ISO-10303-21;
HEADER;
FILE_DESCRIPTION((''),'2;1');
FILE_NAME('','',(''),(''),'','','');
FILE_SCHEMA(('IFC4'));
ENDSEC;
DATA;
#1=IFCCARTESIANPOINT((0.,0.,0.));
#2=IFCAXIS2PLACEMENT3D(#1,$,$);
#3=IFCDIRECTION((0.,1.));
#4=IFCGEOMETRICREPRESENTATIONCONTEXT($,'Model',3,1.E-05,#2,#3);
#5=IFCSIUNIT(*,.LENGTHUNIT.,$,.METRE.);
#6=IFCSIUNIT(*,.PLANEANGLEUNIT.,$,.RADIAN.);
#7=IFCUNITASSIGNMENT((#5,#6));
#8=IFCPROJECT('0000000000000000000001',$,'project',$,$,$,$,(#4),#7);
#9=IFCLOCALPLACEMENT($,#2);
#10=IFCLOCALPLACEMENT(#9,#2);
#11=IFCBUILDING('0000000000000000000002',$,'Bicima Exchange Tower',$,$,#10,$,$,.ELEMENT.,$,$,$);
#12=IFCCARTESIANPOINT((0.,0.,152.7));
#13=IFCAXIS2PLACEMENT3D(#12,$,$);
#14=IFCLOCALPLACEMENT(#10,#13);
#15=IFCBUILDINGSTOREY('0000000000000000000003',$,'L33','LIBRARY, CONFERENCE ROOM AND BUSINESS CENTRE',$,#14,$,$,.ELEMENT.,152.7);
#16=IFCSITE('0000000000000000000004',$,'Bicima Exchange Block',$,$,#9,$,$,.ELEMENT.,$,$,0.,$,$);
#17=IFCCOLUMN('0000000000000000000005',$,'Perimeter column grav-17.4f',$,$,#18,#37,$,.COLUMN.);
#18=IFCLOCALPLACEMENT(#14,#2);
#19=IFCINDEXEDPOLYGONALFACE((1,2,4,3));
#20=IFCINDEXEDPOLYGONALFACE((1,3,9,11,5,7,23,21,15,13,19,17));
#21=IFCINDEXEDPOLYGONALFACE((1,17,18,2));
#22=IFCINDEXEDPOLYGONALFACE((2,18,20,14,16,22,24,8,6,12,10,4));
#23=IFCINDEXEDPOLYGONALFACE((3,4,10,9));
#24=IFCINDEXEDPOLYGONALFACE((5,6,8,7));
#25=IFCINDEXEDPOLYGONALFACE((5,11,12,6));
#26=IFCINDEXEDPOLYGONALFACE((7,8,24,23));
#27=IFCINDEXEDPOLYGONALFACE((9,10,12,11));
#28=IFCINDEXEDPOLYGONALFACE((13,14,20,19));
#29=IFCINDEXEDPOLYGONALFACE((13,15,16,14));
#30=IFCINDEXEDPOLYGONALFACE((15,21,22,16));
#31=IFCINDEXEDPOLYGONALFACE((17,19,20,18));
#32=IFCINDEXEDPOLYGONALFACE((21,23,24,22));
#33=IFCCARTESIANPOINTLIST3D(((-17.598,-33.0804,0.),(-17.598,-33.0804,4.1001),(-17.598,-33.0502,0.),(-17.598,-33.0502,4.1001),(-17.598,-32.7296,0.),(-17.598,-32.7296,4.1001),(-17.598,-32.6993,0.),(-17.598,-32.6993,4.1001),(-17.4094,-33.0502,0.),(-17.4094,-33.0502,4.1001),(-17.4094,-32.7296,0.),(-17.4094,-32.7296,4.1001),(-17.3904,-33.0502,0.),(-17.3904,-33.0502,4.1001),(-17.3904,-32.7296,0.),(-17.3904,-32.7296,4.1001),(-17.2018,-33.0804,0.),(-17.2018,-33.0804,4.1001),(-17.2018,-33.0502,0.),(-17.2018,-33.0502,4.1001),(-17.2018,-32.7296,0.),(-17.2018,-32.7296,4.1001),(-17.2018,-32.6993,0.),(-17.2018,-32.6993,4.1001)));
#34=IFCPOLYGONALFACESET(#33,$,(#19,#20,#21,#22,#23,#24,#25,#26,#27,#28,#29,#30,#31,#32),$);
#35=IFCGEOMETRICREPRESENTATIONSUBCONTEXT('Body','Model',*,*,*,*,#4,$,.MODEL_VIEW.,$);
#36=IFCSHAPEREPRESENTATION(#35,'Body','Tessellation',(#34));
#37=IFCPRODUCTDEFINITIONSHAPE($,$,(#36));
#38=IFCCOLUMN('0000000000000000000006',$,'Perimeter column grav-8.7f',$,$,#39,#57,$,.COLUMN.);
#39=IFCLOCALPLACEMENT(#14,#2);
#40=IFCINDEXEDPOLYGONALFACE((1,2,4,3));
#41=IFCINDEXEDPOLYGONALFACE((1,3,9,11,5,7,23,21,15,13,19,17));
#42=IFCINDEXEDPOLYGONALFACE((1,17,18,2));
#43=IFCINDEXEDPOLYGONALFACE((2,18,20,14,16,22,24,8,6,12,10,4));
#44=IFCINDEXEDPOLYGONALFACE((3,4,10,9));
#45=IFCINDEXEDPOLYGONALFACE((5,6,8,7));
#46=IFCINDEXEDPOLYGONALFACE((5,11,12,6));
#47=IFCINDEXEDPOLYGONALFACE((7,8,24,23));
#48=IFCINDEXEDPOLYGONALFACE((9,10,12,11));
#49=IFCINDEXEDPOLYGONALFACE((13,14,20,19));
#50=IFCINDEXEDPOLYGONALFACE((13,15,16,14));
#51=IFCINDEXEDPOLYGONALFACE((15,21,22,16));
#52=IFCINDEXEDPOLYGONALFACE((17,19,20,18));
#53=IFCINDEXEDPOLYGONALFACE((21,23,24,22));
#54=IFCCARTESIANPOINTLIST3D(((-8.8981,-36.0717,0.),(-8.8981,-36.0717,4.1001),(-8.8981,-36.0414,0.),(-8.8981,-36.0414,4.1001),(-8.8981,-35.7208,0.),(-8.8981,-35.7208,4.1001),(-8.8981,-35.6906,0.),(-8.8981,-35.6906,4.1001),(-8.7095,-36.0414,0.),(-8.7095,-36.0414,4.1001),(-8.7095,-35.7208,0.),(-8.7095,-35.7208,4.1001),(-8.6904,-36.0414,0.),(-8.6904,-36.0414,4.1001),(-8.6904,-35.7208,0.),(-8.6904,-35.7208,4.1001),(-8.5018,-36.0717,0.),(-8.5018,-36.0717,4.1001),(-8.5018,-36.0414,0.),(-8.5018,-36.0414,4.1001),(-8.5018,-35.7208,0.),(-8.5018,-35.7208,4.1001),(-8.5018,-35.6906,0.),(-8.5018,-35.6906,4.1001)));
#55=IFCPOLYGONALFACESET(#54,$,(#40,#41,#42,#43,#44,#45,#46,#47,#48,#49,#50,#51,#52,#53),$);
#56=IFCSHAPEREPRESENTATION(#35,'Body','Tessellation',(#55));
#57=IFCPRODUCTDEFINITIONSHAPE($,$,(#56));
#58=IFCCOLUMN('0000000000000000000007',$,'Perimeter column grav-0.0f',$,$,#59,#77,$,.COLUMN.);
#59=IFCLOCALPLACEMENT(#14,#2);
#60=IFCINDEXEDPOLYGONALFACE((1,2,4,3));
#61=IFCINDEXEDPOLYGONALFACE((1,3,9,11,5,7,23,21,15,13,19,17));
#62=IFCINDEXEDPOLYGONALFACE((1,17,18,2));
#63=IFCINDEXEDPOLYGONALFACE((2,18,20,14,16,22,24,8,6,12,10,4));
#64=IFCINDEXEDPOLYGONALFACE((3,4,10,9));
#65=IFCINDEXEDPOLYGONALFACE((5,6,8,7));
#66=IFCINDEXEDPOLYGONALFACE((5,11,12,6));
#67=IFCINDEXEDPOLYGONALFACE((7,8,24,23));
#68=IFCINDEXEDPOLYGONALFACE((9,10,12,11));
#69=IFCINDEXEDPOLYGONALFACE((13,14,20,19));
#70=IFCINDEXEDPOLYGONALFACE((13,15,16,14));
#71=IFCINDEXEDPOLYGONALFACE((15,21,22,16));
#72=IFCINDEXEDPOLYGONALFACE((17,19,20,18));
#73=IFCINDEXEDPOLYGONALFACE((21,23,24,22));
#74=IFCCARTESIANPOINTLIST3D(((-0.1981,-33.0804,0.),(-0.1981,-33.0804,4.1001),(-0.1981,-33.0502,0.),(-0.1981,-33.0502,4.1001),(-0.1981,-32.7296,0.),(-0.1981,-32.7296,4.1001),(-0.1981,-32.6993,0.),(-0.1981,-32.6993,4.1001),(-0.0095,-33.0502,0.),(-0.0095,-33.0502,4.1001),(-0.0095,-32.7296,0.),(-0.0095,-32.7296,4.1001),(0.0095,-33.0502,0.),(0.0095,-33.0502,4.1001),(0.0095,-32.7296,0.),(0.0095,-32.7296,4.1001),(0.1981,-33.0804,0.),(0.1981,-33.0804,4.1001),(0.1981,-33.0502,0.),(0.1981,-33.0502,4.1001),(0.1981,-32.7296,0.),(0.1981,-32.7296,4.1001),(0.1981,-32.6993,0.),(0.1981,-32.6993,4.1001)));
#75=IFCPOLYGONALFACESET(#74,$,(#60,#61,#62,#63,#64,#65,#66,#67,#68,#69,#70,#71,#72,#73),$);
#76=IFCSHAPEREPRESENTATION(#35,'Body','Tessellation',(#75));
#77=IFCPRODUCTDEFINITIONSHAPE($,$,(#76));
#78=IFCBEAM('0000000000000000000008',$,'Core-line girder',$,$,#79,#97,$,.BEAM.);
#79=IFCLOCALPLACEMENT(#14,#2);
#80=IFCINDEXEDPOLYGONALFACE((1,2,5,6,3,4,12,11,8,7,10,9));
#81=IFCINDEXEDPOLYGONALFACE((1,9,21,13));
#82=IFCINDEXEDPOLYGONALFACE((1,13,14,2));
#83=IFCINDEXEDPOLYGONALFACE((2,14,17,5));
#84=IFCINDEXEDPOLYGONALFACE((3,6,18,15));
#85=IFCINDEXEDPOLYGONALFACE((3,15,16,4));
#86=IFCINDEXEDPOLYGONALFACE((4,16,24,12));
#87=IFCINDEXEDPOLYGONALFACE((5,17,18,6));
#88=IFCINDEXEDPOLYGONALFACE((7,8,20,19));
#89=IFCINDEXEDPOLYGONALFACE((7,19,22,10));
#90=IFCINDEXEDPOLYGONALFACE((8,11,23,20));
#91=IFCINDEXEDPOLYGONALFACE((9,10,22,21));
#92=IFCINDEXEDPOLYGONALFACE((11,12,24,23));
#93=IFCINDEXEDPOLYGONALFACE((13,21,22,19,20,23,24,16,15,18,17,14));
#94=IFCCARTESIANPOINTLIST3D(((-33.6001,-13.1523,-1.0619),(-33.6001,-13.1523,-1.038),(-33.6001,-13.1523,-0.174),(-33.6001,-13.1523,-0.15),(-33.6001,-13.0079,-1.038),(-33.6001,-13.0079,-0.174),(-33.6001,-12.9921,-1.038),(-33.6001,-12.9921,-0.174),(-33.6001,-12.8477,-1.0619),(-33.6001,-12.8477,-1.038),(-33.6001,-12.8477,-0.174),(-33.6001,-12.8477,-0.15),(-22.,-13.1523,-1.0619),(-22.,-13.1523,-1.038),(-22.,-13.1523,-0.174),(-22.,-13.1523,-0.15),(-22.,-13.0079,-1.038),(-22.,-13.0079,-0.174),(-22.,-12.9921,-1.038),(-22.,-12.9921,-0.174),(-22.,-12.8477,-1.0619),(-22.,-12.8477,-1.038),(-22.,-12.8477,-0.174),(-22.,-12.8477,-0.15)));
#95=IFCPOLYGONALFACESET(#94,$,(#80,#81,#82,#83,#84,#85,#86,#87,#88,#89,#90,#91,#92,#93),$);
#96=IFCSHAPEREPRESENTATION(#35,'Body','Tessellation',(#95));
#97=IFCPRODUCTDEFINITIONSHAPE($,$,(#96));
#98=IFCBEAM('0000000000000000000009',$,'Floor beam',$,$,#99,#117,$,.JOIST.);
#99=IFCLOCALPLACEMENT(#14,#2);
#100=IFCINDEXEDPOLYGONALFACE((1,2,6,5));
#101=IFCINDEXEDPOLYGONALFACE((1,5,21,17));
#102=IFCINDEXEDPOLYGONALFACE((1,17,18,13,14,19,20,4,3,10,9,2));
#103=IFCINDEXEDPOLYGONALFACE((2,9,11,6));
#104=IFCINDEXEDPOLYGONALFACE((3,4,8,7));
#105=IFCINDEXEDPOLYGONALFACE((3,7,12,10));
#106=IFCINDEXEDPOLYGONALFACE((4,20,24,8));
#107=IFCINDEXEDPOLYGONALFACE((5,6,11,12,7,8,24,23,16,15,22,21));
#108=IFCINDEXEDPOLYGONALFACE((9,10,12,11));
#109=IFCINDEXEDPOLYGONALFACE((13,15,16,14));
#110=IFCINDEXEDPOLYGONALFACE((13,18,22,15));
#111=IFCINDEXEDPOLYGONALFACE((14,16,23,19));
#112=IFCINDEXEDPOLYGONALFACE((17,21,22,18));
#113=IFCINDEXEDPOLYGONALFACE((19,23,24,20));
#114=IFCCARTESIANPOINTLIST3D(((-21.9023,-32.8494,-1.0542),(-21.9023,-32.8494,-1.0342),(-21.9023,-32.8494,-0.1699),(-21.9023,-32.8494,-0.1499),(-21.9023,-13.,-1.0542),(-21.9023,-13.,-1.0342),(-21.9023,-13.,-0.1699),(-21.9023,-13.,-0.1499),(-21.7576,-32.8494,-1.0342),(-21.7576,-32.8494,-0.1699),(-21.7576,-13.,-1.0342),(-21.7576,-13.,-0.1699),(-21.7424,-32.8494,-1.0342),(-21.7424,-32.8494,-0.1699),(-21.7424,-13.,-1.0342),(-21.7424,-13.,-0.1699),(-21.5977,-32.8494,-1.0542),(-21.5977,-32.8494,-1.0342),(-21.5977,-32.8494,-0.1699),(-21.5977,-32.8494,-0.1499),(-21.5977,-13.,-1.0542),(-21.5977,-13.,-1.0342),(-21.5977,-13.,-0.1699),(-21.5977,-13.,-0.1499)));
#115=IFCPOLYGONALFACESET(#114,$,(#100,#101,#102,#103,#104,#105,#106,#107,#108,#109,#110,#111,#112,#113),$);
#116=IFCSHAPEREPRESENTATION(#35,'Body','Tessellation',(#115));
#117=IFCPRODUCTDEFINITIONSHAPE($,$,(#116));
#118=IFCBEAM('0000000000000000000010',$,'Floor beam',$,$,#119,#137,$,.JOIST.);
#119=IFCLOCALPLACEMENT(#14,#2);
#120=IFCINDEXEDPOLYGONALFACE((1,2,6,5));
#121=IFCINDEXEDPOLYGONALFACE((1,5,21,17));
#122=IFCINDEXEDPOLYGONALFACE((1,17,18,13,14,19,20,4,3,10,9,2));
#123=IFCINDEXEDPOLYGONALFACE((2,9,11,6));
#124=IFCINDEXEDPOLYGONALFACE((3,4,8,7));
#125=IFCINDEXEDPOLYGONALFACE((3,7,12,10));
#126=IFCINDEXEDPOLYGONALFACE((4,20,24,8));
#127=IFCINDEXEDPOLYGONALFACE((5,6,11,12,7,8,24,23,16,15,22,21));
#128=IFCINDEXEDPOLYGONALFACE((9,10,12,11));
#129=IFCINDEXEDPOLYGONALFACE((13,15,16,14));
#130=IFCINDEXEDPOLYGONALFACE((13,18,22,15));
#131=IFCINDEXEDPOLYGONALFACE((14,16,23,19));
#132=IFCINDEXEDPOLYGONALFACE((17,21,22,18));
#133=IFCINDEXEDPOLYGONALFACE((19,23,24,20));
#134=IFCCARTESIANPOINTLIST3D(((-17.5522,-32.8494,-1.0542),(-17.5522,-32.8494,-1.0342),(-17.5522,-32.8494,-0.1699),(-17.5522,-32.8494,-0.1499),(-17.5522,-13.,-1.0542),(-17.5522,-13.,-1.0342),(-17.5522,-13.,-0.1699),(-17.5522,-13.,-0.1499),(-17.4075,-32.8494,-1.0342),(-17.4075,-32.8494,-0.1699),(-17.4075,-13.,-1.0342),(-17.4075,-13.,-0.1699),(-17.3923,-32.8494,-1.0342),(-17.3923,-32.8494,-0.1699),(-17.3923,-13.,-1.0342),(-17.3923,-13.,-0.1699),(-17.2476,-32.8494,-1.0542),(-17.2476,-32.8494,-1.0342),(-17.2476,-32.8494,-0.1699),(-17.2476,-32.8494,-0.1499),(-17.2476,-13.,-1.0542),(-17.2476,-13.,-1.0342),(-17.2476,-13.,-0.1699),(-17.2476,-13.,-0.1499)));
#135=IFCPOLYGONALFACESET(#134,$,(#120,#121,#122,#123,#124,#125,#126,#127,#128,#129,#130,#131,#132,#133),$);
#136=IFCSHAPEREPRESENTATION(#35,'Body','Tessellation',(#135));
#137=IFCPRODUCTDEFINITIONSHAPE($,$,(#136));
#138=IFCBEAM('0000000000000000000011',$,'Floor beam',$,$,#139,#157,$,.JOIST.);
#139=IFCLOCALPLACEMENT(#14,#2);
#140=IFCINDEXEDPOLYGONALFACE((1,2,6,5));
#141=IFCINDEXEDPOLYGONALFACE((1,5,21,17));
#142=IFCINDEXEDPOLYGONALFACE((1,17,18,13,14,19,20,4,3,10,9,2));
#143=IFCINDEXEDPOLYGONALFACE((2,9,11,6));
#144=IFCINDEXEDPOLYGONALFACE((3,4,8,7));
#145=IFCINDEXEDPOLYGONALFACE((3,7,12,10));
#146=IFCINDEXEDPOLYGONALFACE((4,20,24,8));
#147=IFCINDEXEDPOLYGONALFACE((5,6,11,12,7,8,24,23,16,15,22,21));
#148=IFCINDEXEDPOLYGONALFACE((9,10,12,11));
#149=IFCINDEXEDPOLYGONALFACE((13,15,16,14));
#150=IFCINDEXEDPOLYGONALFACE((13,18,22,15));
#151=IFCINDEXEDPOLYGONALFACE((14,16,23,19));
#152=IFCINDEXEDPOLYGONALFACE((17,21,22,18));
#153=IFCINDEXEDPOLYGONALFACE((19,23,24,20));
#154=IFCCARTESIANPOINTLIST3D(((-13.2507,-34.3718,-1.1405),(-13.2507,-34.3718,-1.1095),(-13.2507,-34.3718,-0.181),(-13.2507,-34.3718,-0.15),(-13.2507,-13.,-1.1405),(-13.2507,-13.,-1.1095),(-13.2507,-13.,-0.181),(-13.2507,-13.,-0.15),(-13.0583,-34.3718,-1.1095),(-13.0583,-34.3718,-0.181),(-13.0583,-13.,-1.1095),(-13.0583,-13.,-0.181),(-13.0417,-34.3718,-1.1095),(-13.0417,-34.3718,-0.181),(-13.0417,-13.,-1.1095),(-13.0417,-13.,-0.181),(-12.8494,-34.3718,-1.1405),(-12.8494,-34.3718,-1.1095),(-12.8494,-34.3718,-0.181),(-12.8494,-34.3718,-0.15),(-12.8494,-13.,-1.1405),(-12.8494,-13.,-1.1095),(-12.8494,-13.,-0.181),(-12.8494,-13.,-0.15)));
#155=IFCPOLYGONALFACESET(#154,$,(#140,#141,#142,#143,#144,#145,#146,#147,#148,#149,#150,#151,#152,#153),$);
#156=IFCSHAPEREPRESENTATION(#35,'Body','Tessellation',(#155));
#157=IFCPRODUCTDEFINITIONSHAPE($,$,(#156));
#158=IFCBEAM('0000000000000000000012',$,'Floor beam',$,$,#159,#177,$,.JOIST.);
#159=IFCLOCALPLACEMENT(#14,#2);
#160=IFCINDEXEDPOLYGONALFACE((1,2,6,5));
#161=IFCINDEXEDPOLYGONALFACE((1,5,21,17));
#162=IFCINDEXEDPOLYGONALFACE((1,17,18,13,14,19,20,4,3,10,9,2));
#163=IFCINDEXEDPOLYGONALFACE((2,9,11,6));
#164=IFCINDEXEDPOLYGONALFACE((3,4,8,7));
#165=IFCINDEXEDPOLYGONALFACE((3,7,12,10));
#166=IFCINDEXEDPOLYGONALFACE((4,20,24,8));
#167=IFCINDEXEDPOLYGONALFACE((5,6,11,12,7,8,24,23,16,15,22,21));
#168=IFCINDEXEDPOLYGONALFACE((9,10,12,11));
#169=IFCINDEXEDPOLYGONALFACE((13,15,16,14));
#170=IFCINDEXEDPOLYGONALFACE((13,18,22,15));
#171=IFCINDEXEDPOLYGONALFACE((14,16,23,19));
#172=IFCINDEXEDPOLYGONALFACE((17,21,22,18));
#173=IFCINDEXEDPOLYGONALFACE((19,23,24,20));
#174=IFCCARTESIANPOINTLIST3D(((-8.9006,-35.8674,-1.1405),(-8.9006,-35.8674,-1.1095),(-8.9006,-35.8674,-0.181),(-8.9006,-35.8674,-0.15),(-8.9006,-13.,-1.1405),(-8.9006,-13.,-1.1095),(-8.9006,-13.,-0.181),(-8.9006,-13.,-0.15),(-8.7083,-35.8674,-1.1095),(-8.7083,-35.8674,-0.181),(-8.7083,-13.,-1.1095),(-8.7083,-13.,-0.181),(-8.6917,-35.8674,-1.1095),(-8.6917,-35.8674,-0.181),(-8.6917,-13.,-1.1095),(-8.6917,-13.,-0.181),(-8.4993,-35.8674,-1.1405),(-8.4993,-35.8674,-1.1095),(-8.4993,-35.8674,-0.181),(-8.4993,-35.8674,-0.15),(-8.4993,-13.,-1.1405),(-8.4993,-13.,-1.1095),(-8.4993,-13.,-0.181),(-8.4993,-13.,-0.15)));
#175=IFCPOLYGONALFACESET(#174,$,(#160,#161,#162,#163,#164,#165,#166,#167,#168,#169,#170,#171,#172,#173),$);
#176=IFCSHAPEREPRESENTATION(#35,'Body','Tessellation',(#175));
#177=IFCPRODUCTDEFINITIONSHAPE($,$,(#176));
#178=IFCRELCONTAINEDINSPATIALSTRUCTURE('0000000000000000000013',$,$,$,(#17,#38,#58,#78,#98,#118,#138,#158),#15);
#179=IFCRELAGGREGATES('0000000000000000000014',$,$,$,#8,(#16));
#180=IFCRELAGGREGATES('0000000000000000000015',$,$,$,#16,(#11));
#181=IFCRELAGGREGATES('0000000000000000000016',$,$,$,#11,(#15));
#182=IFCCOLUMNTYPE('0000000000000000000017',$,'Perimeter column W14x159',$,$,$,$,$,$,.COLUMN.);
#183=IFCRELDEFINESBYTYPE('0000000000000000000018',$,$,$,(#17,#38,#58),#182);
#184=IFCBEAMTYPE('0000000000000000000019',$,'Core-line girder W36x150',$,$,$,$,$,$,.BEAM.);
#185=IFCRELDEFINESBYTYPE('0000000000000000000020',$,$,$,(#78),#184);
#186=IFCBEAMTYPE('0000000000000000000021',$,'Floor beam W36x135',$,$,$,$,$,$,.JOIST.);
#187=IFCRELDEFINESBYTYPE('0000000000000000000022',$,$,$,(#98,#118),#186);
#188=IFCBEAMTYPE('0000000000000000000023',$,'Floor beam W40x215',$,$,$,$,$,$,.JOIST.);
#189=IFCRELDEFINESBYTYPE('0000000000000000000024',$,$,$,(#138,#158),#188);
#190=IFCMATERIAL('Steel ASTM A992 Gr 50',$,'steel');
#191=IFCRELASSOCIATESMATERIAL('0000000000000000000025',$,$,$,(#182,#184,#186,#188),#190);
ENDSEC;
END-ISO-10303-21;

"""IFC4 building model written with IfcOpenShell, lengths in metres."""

from ifc_helpers import new_model, si_unit, direction, frame, origin, origin_2d, place, context, subcontext, project, spatial, i_section, extrude, material, material_profile, profile_set, type_object, element, save


model = new_model("IFC4")

# Units and contexts
model_context = context("Model", 3, precision=1e-05, world=origin(), true_north=direction((0.0, 1.0)))
body_context = subcontext(model_context, "Body", "Model", "MODEL_VIEW")
ifc_project = project(units=[si_unit("LENGTHUNIT", "METRE"), si_unit("PLANEANGLEUNIT", "RADIAN")], contexts=[model_context])

# Site, building, storey
site_placement = place(None, origin())
site = spatial("IfcSite", under=ifc_project, at=site_placement, Name="Bicima Exchange Block", CompositionType="ELEMENT", RefElevation=0.0)
building_placement = place(site_placement, origin())
building = spatial("IfcBuilding", under=site, at=building_placement, Name="Bicima Exchange Tower", CompositionType="ELEMENT")
storey_placement = place(building_placement, frame((0.0, 0.0, 152.7)))
storey = spatial("IfcBuildingStorey", under=building, at=storey_placement, Name="L33", Description="LIBRARY, CONFERENCE ROOM AND BUSINESS CENTRE", CompositionType="ELEMENT", Elevation=152.7)

# Columns
ifc_material_1 = material(Name="Steel ASTM A992 Gr 50", Category="steel")
ifc_material_profile_1 = material_profile(ifc_material_1, i_section(OverallWidth=0.3962, OverallDepth=0.3811, WebThickness=0.019, FlangeThickness=0.0303, at=origin_2d()))
ifc_profile_set_1 = profile_set([ifc_material_profile_1], Name="Steel ASTM A992 Gr 50")
column_type = type_object("IfcColumnType", Name="Perimeter column W14x159", PredefinedType="COLUMN", material=ifc_profile_set_1)
for number, where, z_axis, x_axis, name in (
    (1, (-17.3999, -32.8899, 0.0), (0.0, 0.0, 1.0), (1.0, 0.0, 0.0), "Perimeter column grav-17.4f"),
    (2, (-8.7, -35.8811, 0.0), (0.0, 0.0, 1.0), (1.0, 0.0, 0.0), "Perimeter column grav-8.7f"),
    (3, (0.0, -32.8899, 0.0), (0.0, 0.0, 1.0), (1.0, 0.0, 0.0), "Perimeter column grav-0.0f"),
):
    element("IfcColumn", number, at=place(storey_placement, frame(where, z_axis=z_axis, x_axis=x_axis)), inside=storey, type_object=column_type, Name=name, PredefinedType="COLUMN", context=body_context, shape_type="SweptSolid", body=[
        extrude(i_section(OverallWidth=0.3962, OverallDepth=0.3811, WebThickness=0.019, FlangeThickness=0.0303, at=origin_2d()), origin(), (0.0, 0.0, 1.0), 4.1001),
    ])

# Beams
ifc_material_profile_2 = material_profile(ifc_material_1, i_section(OverallWidth=0.3047, OverallDepth=0.9119, WebThickness=0.0159, FlangeThickness=0.0239, at=origin_2d()))
ifc_profile_set_2 = profile_set([ifc_material_profile_2], Name="Steel ASTM A992 Gr 50")
beam_type_1 = type_object("IfcBeamType", Name="Core-line girder W36x150", PredefinedType="BEAM", material=ifc_profile_set_2)
beam_1_placement = place(storey_placement, frame((-22.0, -13.0, -0.606), z_axis=(-1.0, 0.0, 0.0), x_axis=(0.0, -1.0, 0.0)))
element("IfcBeam", 4, at=beam_1_placement, inside=storey, type_object=beam_type_1, Name="Core-line girder", PredefinedType="BEAM", context=body_context, shape_type="SweptSolid", body=[
    extrude(i_section(OverallWidth=0.3047, OverallDepth=0.9119, WebThickness=0.0159, FlangeThickness=0.0239, at=origin_2d()), origin(), (0.0, 0.0, 1.0), 11.6001),
])
ifc_material_profile_3 = material_profile(ifc_material_1, i_section(OverallWidth=0.3047, OverallDepth=0.9043, WebThickness=0.0151, FlangeThickness=0.02, at=origin_2d()))
ifc_profile_set_3 = profile_set([ifc_material_profile_3], Name="Steel ASTM A992 Gr 50")
beam_type_2 = type_object("IfcBeamType", Name="Floor beam W36x135", PredefinedType="JOIST", material=ifc_profile_set_3)
for number, where, z_axis, x_axis, name in (
    (5, (-21.75, -13.0, -0.6021), (0.0, -1.0, 0.0), (1.0, 0.0, 0.0), "Floor beam"),
    (6, (-17.3999, -13.0, -0.6021), (0.0, -1.0, 0.0), (1.0, 0.0, 0.0), "Floor beam"),
):
    element("IfcBeam", number, at=place(storey_placement, frame(where, z_axis=z_axis, x_axis=x_axis)), inside=storey, type_object=beam_type_2, Name=name, PredefinedType="JOIST", context=body_context, shape_type="SweptSolid", body=[
        extrude(i_section(OverallWidth=0.3047, OverallDepth=0.9043, WebThickness=0.0151, FlangeThickness=0.02, at=origin_2d()), origin(), (0.0, 0.0, 1.0), 19.8494),
    ])
ifc_material_profile_4 = material_profile(ifc_material_1, i_section(OverallWidth=0.4014, OverallDepth=0.9905, WebThickness=0.0166, FlangeThickness=0.031, at=origin_2d()))
ifc_profile_set_4 = profile_set([ifc_material_profile_4], Name="Steel ASTM A992 Gr 50")
beam_type_3 = type_object("IfcBeamType", Name="Floor beam W40x215", PredefinedType="JOIST", material=ifc_profile_set_4)
beam_2_placement = place(storey_placement, frame((-13.05, -13.0, -0.6453), z_axis=(0.0, -1.0, 0.0), x_axis=(1.0, 0.0, 0.0)))
element("IfcBeam", 7, at=beam_2_placement, inside=storey, type_object=beam_type_3, Name="Floor beam", PredefinedType="JOIST", context=body_context, shape_type="SweptSolid", body=[
    extrude(i_section(OverallWidth=0.4014, OverallDepth=0.9905, WebThickness=0.0166, FlangeThickness=0.031, at=origin_2d()), origin(), (0.0, 0.0, 1.0), 21.3718),
])
beam_3_placement = place(storey_placement, frame((-8.7, -13.0, -0.6453), z_axis=(0.0, -1.0, 0.0), x_axis=(1.0, 0.0, 0.0)))
element("IfcBeam", 8, at=beam_3_placement, inside=storey, type_object=beam_type_3, Name="Floor beam", PredefinedType="JOIST", context=body_context, shape_type="SweptSolid", body=[
    extrude(i_section(OverallWidth=0.4014, OverallDepth=0.9905, WebThickness=0.0166, FlangeThickness=0.031, at=origin_2d()), origin(), (0.0, 0.0, 1.0), 22.8674),
])

save(model, "model.ifc")
